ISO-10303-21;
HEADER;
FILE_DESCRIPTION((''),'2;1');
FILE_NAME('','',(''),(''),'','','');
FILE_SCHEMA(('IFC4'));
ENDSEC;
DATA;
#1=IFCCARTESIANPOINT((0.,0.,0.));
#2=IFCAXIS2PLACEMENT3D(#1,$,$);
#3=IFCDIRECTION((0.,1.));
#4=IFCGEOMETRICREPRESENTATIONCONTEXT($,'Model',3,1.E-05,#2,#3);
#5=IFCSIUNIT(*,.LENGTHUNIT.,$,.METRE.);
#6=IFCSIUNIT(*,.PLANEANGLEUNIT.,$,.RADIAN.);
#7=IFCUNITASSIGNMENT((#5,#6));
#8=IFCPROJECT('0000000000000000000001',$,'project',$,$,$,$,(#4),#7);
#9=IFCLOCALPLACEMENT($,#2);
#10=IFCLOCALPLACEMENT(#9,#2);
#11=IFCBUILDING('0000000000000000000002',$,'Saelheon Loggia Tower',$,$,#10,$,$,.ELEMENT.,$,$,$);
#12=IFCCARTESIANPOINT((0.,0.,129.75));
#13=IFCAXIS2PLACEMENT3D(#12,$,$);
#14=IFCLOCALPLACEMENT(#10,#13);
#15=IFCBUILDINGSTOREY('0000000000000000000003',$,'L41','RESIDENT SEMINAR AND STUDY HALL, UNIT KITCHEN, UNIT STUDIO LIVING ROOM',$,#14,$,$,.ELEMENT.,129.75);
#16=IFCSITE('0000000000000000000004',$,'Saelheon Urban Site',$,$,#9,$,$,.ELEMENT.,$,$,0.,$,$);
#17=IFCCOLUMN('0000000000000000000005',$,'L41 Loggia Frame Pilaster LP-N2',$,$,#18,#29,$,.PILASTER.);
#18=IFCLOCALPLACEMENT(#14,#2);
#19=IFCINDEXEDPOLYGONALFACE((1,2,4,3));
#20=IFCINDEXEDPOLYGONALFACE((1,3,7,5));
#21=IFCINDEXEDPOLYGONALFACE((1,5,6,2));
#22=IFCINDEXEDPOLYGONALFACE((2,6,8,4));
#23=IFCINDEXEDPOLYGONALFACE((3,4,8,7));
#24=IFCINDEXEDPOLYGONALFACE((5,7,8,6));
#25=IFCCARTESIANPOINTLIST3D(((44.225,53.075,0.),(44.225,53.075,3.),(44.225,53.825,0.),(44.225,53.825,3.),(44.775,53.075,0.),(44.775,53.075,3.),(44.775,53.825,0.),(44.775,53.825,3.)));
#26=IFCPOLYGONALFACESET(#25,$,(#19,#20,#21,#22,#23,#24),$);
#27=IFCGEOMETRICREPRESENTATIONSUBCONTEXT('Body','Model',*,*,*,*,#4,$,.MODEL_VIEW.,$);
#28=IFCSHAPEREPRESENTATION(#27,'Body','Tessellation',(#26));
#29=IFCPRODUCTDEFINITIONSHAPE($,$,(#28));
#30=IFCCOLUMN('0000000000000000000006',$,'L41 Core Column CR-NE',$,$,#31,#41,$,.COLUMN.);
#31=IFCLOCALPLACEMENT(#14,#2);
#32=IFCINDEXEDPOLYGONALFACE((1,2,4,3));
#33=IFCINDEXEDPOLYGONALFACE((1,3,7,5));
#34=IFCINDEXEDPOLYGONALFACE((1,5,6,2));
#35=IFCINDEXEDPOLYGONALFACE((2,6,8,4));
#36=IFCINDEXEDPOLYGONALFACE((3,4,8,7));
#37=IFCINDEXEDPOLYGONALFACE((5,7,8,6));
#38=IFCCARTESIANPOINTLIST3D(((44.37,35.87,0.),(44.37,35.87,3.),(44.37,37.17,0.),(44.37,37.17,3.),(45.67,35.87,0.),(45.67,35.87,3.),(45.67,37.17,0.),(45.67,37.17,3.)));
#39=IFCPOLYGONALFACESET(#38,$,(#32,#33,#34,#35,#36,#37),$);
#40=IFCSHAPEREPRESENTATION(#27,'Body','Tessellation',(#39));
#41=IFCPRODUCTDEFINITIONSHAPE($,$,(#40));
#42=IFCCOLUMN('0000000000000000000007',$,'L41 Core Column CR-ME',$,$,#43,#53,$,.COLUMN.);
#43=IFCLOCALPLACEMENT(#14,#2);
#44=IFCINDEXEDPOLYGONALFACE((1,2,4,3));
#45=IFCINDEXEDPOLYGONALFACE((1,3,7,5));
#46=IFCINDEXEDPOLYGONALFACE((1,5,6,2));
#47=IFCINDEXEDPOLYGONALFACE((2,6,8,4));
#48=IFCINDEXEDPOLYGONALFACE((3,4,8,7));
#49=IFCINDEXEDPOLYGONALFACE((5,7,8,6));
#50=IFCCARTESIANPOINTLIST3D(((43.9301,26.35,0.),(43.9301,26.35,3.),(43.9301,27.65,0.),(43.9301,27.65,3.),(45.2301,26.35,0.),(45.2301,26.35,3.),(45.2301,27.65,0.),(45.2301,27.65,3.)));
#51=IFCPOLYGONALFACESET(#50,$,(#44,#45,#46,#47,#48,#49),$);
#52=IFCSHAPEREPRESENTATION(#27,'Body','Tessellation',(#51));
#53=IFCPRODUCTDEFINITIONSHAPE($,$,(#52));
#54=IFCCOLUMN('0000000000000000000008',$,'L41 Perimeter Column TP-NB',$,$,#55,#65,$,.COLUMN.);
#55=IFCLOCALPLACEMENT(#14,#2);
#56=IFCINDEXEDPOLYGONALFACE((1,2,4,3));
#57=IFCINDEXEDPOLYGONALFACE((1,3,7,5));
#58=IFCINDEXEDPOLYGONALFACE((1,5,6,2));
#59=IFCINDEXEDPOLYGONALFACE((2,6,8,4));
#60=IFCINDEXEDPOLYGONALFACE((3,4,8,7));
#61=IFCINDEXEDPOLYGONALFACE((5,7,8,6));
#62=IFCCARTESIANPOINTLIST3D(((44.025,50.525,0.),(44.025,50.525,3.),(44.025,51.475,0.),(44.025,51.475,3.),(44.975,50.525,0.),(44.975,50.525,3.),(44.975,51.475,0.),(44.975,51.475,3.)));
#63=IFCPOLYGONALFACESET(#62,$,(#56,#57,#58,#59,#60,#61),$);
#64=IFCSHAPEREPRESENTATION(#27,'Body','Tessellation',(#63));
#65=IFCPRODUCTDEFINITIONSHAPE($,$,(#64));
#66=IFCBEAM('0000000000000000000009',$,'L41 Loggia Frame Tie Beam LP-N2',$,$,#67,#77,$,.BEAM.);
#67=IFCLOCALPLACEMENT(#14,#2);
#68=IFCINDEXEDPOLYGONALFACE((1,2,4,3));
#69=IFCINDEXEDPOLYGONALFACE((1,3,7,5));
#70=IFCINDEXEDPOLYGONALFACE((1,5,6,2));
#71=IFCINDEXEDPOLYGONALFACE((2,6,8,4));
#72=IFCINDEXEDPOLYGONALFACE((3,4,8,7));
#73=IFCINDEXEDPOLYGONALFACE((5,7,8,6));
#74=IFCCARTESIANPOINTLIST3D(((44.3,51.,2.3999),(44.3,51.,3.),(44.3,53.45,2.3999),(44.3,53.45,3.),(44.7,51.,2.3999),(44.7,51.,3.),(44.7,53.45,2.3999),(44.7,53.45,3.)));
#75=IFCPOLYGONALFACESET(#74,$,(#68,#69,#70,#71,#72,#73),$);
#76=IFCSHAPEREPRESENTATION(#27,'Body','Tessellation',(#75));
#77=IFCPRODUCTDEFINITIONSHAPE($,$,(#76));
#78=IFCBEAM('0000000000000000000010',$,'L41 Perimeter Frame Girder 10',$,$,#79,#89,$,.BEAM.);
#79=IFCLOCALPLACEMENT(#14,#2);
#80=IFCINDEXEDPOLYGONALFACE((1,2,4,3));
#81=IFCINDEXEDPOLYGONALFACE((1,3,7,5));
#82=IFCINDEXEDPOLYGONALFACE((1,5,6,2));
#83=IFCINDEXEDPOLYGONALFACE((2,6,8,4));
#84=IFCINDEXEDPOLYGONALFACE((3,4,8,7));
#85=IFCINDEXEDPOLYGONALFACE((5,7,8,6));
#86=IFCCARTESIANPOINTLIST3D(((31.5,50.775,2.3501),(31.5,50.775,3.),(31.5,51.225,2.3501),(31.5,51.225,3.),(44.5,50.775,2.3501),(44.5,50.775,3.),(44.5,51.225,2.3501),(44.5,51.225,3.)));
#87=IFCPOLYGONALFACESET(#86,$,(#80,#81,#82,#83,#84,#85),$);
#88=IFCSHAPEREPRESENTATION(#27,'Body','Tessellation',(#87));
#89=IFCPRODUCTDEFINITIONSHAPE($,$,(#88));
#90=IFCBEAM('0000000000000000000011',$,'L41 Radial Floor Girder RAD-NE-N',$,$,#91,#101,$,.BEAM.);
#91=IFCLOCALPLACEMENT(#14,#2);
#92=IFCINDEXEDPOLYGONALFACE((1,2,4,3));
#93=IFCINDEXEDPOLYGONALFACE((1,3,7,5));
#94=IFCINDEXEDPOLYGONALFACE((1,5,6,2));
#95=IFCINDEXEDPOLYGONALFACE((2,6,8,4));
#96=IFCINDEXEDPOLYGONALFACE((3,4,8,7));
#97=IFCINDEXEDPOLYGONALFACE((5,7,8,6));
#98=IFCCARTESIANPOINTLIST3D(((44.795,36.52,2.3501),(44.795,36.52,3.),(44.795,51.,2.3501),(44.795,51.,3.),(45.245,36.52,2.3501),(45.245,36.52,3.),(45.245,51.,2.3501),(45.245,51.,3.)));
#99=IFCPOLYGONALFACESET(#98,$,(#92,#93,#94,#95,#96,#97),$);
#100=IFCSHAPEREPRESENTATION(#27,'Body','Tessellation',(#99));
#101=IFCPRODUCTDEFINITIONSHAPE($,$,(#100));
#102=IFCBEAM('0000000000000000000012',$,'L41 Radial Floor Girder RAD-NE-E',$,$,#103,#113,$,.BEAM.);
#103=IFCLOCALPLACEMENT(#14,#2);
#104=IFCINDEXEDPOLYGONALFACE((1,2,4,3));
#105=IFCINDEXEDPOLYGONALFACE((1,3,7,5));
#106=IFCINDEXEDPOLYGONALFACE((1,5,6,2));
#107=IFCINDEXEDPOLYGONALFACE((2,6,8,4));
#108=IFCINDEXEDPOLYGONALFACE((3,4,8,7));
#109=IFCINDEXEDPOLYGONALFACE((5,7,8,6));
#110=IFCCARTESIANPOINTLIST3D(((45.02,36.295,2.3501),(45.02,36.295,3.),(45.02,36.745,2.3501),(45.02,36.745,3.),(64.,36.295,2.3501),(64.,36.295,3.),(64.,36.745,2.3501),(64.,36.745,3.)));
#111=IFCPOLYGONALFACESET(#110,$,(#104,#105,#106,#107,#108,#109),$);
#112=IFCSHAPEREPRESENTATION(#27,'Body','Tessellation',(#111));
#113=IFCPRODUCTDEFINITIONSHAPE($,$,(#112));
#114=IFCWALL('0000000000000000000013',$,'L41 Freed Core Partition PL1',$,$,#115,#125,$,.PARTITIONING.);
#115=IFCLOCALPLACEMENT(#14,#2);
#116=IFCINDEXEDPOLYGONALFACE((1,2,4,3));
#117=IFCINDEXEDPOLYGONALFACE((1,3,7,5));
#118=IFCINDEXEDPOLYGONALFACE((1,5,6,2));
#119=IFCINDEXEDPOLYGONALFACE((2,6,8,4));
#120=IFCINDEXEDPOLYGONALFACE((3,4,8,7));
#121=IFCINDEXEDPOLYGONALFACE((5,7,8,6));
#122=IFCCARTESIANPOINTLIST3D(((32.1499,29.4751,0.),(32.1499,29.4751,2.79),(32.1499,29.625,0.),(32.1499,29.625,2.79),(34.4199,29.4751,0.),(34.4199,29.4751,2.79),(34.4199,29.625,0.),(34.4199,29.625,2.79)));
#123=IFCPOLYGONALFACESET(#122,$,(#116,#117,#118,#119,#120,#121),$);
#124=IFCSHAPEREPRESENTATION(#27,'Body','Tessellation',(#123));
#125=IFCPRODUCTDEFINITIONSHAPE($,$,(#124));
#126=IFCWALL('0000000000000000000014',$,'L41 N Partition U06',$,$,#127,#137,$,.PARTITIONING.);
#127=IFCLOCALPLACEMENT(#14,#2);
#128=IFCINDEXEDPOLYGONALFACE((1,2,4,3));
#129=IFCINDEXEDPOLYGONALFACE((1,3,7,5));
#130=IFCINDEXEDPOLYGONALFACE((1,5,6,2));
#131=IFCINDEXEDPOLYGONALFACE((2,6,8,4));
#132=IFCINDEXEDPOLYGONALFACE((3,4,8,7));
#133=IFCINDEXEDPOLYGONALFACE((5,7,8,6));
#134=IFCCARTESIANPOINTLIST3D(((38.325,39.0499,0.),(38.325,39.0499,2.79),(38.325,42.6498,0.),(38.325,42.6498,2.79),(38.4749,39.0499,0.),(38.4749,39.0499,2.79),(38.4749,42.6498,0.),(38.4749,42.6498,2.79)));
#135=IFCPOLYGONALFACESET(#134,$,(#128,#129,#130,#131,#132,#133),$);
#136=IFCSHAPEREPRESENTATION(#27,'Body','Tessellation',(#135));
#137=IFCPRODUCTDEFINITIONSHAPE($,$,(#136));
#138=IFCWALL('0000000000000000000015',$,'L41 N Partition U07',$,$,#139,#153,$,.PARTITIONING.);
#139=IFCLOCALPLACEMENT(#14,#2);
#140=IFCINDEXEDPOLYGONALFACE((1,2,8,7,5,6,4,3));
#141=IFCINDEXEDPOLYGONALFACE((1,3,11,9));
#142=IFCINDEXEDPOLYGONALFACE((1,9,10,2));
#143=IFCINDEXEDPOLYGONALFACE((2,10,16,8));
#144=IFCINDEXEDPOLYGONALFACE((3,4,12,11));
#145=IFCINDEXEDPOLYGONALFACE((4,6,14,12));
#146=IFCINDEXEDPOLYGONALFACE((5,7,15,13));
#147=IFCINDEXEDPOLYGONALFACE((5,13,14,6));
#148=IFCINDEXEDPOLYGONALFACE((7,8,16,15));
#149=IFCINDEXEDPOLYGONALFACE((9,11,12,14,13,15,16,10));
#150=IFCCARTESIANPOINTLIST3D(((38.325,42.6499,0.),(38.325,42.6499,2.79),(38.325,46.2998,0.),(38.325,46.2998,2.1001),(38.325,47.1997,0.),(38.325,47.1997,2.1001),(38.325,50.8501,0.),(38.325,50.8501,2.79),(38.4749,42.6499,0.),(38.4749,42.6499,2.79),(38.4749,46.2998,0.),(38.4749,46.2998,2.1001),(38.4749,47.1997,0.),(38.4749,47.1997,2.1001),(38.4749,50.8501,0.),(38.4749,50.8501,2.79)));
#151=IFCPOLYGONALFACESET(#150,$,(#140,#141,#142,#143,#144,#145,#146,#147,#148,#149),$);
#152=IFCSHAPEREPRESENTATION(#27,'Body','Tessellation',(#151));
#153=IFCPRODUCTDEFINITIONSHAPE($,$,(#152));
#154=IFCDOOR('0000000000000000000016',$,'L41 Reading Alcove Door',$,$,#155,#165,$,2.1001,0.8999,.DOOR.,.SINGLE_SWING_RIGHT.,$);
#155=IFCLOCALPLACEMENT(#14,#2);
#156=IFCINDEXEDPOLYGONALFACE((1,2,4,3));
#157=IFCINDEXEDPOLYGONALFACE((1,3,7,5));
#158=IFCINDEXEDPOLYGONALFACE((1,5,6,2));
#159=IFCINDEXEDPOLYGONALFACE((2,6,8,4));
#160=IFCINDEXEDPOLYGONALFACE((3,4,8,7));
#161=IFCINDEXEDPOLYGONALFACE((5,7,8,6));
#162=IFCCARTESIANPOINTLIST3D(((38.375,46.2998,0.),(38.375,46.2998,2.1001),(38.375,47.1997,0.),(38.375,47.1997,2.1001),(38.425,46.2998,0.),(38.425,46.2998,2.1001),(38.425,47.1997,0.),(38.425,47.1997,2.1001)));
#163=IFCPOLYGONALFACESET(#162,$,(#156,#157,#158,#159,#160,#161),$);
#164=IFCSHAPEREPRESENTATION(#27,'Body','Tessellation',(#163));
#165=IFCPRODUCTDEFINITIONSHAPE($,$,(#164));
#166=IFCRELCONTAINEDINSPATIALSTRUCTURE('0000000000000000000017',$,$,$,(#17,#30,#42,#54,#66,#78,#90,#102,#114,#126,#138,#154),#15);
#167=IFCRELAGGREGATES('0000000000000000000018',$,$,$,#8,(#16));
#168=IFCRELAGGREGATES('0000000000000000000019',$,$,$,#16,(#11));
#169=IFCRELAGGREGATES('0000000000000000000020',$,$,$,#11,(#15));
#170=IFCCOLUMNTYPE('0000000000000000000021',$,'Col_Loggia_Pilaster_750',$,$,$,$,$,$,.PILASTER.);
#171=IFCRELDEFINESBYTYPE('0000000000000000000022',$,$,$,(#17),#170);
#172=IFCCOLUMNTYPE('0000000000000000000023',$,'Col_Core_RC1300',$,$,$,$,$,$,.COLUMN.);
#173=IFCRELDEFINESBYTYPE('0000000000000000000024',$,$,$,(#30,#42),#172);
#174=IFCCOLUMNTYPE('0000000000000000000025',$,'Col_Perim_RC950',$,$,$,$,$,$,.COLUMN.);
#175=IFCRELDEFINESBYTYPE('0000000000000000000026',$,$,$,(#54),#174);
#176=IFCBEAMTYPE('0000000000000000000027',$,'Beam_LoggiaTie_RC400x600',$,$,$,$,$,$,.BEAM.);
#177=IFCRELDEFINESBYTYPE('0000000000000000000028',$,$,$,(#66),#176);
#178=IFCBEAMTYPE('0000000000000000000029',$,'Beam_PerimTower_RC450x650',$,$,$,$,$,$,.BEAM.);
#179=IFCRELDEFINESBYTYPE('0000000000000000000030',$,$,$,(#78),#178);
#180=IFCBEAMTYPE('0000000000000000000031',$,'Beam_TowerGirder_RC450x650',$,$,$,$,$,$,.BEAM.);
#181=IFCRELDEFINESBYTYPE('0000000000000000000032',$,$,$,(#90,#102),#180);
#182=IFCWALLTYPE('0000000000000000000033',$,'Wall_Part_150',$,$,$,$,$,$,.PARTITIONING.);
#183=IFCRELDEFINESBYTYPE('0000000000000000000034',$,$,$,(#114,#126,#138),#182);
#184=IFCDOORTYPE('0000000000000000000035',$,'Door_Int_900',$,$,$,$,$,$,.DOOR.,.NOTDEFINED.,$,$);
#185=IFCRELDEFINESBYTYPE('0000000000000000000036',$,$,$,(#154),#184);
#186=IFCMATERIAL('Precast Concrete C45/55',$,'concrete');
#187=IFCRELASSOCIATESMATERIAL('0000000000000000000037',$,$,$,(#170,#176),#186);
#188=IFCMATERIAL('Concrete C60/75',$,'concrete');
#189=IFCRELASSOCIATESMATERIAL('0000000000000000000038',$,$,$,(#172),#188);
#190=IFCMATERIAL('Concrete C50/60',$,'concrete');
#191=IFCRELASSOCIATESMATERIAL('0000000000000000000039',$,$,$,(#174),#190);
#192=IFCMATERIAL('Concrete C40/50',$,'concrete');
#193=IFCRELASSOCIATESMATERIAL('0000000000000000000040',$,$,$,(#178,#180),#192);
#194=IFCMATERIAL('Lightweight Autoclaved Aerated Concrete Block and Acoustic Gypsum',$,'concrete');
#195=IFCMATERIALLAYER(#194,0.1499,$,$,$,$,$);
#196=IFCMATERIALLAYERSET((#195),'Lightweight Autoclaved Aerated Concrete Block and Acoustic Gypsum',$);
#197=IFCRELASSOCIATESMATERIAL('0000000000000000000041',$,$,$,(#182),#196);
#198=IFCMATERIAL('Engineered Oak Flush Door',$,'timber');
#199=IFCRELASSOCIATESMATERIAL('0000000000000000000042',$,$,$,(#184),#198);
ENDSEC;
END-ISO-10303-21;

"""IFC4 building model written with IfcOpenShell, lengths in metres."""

from ifc_helpers import new_model, si_unit, direction, frame, frame_2d, origin, origin_2d, place, context, subcontext, project, spatial, rectangle, extrude, source, transform, mapped, material, layer, layer_set, material_profile, profile_set, type_object, element, fill, save


model = new_model("IFC4")

# Units and contexts
model_context = context("Model", 3, precision=1e-05, world=origin(), true_north=direction((0.0, 1.0)))
body_context = subcontext(model_context, "Body", "Model", "MODEL_VIEW")
ifc_project = project(units=[si_unit("LENGTHUNIT", "METRE"), si_unit("PLANEANGLEUNIT", "RADIAN")], contexts=[model_context])

# Site, building, storey
site_placement = place(None, origin())
site = spatial("IfcSite", under=ifc_project, at=site_placement, Name="Saelheon Urban Site", CompositionType="ELEMENT", RefElevation=0.0)
building_placement = place(site_placement, origin())
building = spatial("IfcBuilding", under=site, at=building_placement, Name="Saelheon Loggia Tower", CompositionType="ELEMENT")
storey_placement = place(building_placement, frame((0.0, 0.0, 129.75)))
storey = spatial("IfcBuildingStorey", under=building, at=storey_placement, Name="L41", Description="RESIDENT SEMINAR AND STUDY HALL, UNIT KITCHEN, UNIT STUDIO LIVING ROOM", CompositionType="ELEMENT", Elevation=129.75)

# Columns
ifc_material_1 = material(Name="Precast Concrete C45/55", Category="concrete")
ifc_material_profile_1 = material_profile(ifc_material_1, rectangle(XDim=0.55, YDim=0.75, at=origin_2d()), Name="RC-550x750")
ifc_profile_set_1 = profile_set([ifc_material_profile_1], Name="Precast Concrete C45/55")
column_type_1 = type_object("IfcColumnType", Name="Col_Loggia_Pilaster_750", PredefinedType="PILASTER", material=ifc_profile_set_1)
shared_shape_1 = source(origin(), body_context, "Body", "SweptSolid", [
    extrude(rectangle(XDim=0.55, YDim=0.75, at=origin_2d()), origin(), (0.0, 0.0, 1.0), 3.0),
])
column_1_placement = place(storey_placement, frame((44.5, 53.45, 0.0), z_axis=(0.0, 0.0, 1.0), x_axis=(1.0, 0.0, 0.0)))
element("IfcColumn", 1, at=column_1_placement, inside=storey, type_object=column_type_1, Name="L41 Loggia Frame Pilaster LP-N2", PredefinedType="PILASTER", context=body_context, shape_type="MappedRepresentation", body=[
    mapped(shared_shape_1, transform((0.0, 0.0, 0.0), scale=1.0)),
])
ifc_material_2 = material(Name="Concrete C60/75", Category="concrete")
ifc_material_profile_2 = material_profile(ifc_material_2, rectangle(XDim=1.3, YDim=1.3, at=origin_2d()), Name="RC-1300x1300")
ifc_profile_set_2 = profile_set([ifc_material_profile_2], Name="Concrete C60/75")
column_type_2 = type_object("IfcColumnType", Name="Col_Core_RC1300", PredefinedType="COLUMN", material=ifc_profile_set_2)
shared_shape_2 = source(origin(), body_context, "Body", "SweptSolid", [
    extrude(rectangle(XDim=1.3, YDim=1.3, at=origin_2d()), origin(), (0.0, 0.0, 1.0), 3.0),
])
for number, where, z_axis, x_axis, name in (
    (2, (45.02, 36.52, 0.0), (0.0, 0.0, 1.0), (1.0, 0.0, 0.0), "L41 Core Column CR-NE"),
    (3, (44.5801, 27.0, 0.0), (0.0, 0.0, 1.0), (1.0, 0.0, 0.0), "L41 Core Column CR-ME"),
):
    element("IfcColumn", number, at=place(storey_placement, frame(where, z_axis=z_axis, x_axis=x_axis)), inside=storey, type_object=column_type_2, Name=name, PredefinedType="COLUMN", context=body_context, shape_type="MappedRepresentation", body=[
        mapped(shared_shape_2, transform((0.0, 0.0, 0.0), scale=1.0)),
    ])
ifc_material_3 = material(Name="Concrete C50/60", Category="concrete")
ifc_material_profile_3 = material_profile(ifc_material_3, rectangle(XDim=0.95, YDim=0.95, at=origin_2d()), Name="RC-950x950")
ifc_profile_set_3 = profile_set([ifc_material_profile_3], Name="Concrete C50/60")
column_type_3 = type_object("IfcColumnType", Name="Col_Perim_RC950", PredefinedType="COLUMN", material=ifc_profile_set_3)
shared_shape_3 = source(origin(), body_context, "Body", "SweptSolid", [
    extrude(rectangle(XDim=0.95, YDim=0.95, at=origin_2d()), origin(), (0.0, 0.0, 1.0), 3.0),
])
column_2_placement = place(storey_placement, frame((44.5, 51.0, 0.0), z_axis=(0.0, 0.0, 1.0), x_axis=(1.0, 0.0, 0.0)))
element("IfcColumn", 4, at=column_2_placement, inside=storey, type_object=column_type_3, Name="L41 Perimeter Column TP-NB", PredefinedType="COLUMN", context=body_context, shape_type="MappedRepresentation", body=[
    mapped(shared_shape_3, transform((0.0, 0.0, 0.0), scale=1.0)),
])

# Beams
ifc_material_profile_4 = material_profile(ifc_material_1, rectangle(XDim=0.3999, YDim=0.6001, at=origin_2d()), Name="RC-400x600")
ifc_profile_set_4 = profile_set([ifc_material_profile_4], Name="Precast Concrete C45/55")
beam_type_1 = type_object("IfcBeamType", Name="Beam_LoggiaTie_RC400x600", PredefinedType="BEAM", material=ifc_profile_set_4)
shared_shape_4 = source(origin(), body_context, "Body", "SweptSolid", [
    extrude(rectangle(XDim=0.3999, YDim=0.6001, at=origin_2d()), origin(), (0.0, 0.0, 1.0), 2.45),
])
beam_1_placement = place(storey_placement, frame((44.5, 51.0, 2.7), z_axis=(0.0, 1.0, 0.0), x_axis=(-1.0, 0.0, 0.0)))
element("IfcBeam", 5, at=beam_1_placement, inside=storey, type_object=beam_type_1, Name="L41 Loggia Frame Tie Beam LP-N2", PredefinedType="BEAM", context=body_context, shape_type="MappedRepresentation", body=[
    mapped(shared_shape_4, transform((0.0, 0.0, 0.0), scale=1.0)),
])
ifc_material_4 = material(Name="Concrete C40/50", Category="concrete")
ifc_material_profile_5 = material_profile(ifc_material_4, rectangle(XDim=0.45, YDim=0.6499, at=origin_2d()), Name="RC-450x650")
ifc_profile_set_5 = profile_set([ifc_material_profile_5], Name="Concrete C40/50")
beam_type_2 = type_object("IfcBeamType", Name="Beam_PerimTower_RC450x650", PredefinedType="BEAM", material=ifc_profile_set_5)
shared_shape_5 = source(origin(), body_context, "Body", "SweptSolid", [
    extrude(rectangle(XDim=0.45, YDim=0.6499, at=origin_2d()), origin(), (0.0, 0.0, 1.0), 13.0),
])
beam_2_placement = place(storey_placement, frame((44.5, 51.0, 2.675), z_axis=(-1.0, 0.0, 0.0), x_axis=(0.0, -1.0, 0.0)))
element("IfcBeam", 6, at=beam_2_placement, inside=storey, type_object=beam_type_2, Name="L41 Perimeter Frame Girder 10", PredefinedType="BEAM", context=body_context, shape_type="MappedRepresentation", body=[
    mapped(shared_shape_5, transform((0.0, 0.0, 0.0), scale=1.0)),
])
ifc_material_profile_6 = material_profile(ifc_material_4, rectangle(XDim=0.45, YDim=0.6499, at=origin_2d()), Name="RC-450x650")
ifc_profile_set_6 = profile_set([ifc_material_profile_6], Name="Concrete C40/50")
beam_type_3 = type_object("IfcBeamType", Name="Beam_TowerGirder_RC450x650", PredefinedType="BEAM", material=ifc_profile_set_6)
shared_shape_6 = source(origin(), body_context, "Body", "SweptSolid", [
    extrude(rectangle(XDim=0.45, YDim=0.6499, at=origin_2d()), origin(), (0.0, 0.0, 1.0), 14.48),
])
beam_3_placement = place(storey_placement, frame((45.02, 36.52, 2.675), z_axis=(0.0, 1.0, 0.0), x_axis=(-1.0, 0.0, 0.0)))
element("IfcBeam", 7, at=beam_3_placement, inside=storey, type_object=beam_type_3, Name="L41 Radial Floor Girder RAD-NE-N", PredefinedType="BEAM", context=body_context, shape_type="MappedRepresentation", body=[
    mapped(shared_shape_6, transform((0.0, 0.0, 0.0), scale=1.0)),
])
shared_shape_7 = source(origin(), body_context, "Body", "SweptSolid", [
    extrude(rectangle(XDim=0.45, YDim=0.6499, at=origin_2d()), origin(), (0.0, 0.0, 1.0), 18.98),
])
beam_4_placement = place(storey_placement, frame((45.02, 36.52, 2.675), z_axis=(1.0, 0.0, 0.0), x_axis=(0.0, 1.0, 0.0)))
element("IfcBeam", 8, at=beam_4_placement, inside=storey, type_object=beam_type_3, Name="L41 Radial Floor Girder RAD-NE-E", PredefinedType="BEAM", context=body_context, shape_type="MappedRepresentation", body=[
    mapped(shared_shape_7, transform((0.0, 0.0, 0.0), scale=1.0)),
])

# Walls
ifc_material_5 = material(Name="Lightweight Autoclaved Aerated Concrete Block and Acoustic Gypsum", Category="concrete")
ifc_layer_1 = layer(ifc_material_5, 0.1499)
ifc_layer_set_1 = layer_set([ifc_layer_1], Name="Lightweight Autoclaved Aerated Concrete Block and Acoustic Gypsum")
wall_type_1 = type_object("IfcWallType", Name="Wall_Part_150", PredefinedType="PARTITIONING", material=ifc_layer_set_1)
wall_1_placement = place(storey_placement, frame((32.1499, 29.55, 0.0), z_axis=(0.0, 0.0, 1.0), x_axis=(1.0, 0.0, 0.0)))
element("IfcWall", 9, at=wall_1_placement, inside=storey, type_object=wall_type_1, Name="L41 Freed Core Partition PL1", PredefinedType="PARTITIONING", context=body_context, shape_type="SweptSolid", body=[
    extrude(rectangle(XDim=2.27, YDim=0.1499, at=frame_2d((1.135, 0.0))), origin(), (0.0, 0.0, 1.0), 2.79),
])
wall_2_placement = place(storey_placement, frame((38.3999, 39.05, 0.0), z_axis=(0.0, 0.0, 1.0), x_axis=(0.0, 1.0, 0.0)))
element("IfcWall", 10, at=wall_2_placement, inside=storey, type_object=wall_type_1, Name="L41 N Partition U06", PredefinedType="PARTITIONING", context=body_context, shape_type="SweptSolid", body=[
    extrude(rectangle(XDim=3.5999, YDim=0.1499, at=frame_2d((1.7998, 0.0))), origin(), (0.0, 0.0, 1.0), 2.79),
])

# Wall, opening, door
wall_3_placement = place(storey_placement, frame((38.3999, 42.6499, 0.0), z_axis=(0.0, 0.0, 1.0), x_axis=(0.0, 1.0, 0.0)))
wall_3 = element("IfcWall", 11, at=wall_3_placement, inside=storey, type_object=wall_type_1, Name="L41 N Partition U07", PredefinedType="PARTITIONING", context=body_context, shape_type="SweptSolid", body=[
    extrude(rectangle(XDim=8.2002, YDim=0.1499, at=frame_2d((4.1001, 0.0))), origin(), (0.0, 0.0, 1.0), 2.79),
])
opening_1_placement = place(wall_3_placement, frame((3.6499, 0.0, 0.0)))
opening_1 = element("IfcOpeningElement", 12, at=opening_1_placement, cuts=wall_3, PredefinedType="OPENING", context=body_context, shape_type="SweptSolid", body=[
    extrude(rectangle(XDim=0.8999, YDim=2.1001, at=frame_2d((0.45, 1.05))), frame((0.0, 0.0869, 0.0), z_axis=(0.0, -1.0, 0.0), x_axis=(1.0, 0.0, 0.0)), (0.0, 0.0, 1.0), 0.1738),
])
ifc_material_6 = material(Name="Engineered Oak Flush Door", Category="timber")
door_type_1 = type_object("IfcDoorType", Name="Door_Int_900", OperationType="NOTDEFINED", PredefinedType="DOOR", material=ifc_material_6)
shared_shape_8 = source(origin(), body_context, "Body", "SweptSolid", [
    extrude(rectangle(XDim=0.8999, YDim=2.1001, at=frame_2d((0.45, 1.05))), frame((0.0, 0.0249, 0.0), z_axis=(0.0, -1.0, 0.0), x_axis=(1.0, 0.0, 0.0)), (0.0, 0.0, 1.0), 0.05),
])
door_1_placement = place(opening_1_placement, origin())
door_1 = element("IfcDoor", 13, at=door_1_placement, inside=storey, type_object=door_type_1, Name="L41 Reading Alcove Door", OperationType="SINGLE_SWING_RIGHT", OverallHeight=2.1001, OverallWidth=0.8999, PredefinedType="DOOR", context=body_context, shape_type="MappedRepresentation", body=[
    mapped(shared_shape_8, transform((0.0, 0.0, 0.0), scale=1.0)),
])
fill(opening_1, door_1)

save(model, "model.ifc")
